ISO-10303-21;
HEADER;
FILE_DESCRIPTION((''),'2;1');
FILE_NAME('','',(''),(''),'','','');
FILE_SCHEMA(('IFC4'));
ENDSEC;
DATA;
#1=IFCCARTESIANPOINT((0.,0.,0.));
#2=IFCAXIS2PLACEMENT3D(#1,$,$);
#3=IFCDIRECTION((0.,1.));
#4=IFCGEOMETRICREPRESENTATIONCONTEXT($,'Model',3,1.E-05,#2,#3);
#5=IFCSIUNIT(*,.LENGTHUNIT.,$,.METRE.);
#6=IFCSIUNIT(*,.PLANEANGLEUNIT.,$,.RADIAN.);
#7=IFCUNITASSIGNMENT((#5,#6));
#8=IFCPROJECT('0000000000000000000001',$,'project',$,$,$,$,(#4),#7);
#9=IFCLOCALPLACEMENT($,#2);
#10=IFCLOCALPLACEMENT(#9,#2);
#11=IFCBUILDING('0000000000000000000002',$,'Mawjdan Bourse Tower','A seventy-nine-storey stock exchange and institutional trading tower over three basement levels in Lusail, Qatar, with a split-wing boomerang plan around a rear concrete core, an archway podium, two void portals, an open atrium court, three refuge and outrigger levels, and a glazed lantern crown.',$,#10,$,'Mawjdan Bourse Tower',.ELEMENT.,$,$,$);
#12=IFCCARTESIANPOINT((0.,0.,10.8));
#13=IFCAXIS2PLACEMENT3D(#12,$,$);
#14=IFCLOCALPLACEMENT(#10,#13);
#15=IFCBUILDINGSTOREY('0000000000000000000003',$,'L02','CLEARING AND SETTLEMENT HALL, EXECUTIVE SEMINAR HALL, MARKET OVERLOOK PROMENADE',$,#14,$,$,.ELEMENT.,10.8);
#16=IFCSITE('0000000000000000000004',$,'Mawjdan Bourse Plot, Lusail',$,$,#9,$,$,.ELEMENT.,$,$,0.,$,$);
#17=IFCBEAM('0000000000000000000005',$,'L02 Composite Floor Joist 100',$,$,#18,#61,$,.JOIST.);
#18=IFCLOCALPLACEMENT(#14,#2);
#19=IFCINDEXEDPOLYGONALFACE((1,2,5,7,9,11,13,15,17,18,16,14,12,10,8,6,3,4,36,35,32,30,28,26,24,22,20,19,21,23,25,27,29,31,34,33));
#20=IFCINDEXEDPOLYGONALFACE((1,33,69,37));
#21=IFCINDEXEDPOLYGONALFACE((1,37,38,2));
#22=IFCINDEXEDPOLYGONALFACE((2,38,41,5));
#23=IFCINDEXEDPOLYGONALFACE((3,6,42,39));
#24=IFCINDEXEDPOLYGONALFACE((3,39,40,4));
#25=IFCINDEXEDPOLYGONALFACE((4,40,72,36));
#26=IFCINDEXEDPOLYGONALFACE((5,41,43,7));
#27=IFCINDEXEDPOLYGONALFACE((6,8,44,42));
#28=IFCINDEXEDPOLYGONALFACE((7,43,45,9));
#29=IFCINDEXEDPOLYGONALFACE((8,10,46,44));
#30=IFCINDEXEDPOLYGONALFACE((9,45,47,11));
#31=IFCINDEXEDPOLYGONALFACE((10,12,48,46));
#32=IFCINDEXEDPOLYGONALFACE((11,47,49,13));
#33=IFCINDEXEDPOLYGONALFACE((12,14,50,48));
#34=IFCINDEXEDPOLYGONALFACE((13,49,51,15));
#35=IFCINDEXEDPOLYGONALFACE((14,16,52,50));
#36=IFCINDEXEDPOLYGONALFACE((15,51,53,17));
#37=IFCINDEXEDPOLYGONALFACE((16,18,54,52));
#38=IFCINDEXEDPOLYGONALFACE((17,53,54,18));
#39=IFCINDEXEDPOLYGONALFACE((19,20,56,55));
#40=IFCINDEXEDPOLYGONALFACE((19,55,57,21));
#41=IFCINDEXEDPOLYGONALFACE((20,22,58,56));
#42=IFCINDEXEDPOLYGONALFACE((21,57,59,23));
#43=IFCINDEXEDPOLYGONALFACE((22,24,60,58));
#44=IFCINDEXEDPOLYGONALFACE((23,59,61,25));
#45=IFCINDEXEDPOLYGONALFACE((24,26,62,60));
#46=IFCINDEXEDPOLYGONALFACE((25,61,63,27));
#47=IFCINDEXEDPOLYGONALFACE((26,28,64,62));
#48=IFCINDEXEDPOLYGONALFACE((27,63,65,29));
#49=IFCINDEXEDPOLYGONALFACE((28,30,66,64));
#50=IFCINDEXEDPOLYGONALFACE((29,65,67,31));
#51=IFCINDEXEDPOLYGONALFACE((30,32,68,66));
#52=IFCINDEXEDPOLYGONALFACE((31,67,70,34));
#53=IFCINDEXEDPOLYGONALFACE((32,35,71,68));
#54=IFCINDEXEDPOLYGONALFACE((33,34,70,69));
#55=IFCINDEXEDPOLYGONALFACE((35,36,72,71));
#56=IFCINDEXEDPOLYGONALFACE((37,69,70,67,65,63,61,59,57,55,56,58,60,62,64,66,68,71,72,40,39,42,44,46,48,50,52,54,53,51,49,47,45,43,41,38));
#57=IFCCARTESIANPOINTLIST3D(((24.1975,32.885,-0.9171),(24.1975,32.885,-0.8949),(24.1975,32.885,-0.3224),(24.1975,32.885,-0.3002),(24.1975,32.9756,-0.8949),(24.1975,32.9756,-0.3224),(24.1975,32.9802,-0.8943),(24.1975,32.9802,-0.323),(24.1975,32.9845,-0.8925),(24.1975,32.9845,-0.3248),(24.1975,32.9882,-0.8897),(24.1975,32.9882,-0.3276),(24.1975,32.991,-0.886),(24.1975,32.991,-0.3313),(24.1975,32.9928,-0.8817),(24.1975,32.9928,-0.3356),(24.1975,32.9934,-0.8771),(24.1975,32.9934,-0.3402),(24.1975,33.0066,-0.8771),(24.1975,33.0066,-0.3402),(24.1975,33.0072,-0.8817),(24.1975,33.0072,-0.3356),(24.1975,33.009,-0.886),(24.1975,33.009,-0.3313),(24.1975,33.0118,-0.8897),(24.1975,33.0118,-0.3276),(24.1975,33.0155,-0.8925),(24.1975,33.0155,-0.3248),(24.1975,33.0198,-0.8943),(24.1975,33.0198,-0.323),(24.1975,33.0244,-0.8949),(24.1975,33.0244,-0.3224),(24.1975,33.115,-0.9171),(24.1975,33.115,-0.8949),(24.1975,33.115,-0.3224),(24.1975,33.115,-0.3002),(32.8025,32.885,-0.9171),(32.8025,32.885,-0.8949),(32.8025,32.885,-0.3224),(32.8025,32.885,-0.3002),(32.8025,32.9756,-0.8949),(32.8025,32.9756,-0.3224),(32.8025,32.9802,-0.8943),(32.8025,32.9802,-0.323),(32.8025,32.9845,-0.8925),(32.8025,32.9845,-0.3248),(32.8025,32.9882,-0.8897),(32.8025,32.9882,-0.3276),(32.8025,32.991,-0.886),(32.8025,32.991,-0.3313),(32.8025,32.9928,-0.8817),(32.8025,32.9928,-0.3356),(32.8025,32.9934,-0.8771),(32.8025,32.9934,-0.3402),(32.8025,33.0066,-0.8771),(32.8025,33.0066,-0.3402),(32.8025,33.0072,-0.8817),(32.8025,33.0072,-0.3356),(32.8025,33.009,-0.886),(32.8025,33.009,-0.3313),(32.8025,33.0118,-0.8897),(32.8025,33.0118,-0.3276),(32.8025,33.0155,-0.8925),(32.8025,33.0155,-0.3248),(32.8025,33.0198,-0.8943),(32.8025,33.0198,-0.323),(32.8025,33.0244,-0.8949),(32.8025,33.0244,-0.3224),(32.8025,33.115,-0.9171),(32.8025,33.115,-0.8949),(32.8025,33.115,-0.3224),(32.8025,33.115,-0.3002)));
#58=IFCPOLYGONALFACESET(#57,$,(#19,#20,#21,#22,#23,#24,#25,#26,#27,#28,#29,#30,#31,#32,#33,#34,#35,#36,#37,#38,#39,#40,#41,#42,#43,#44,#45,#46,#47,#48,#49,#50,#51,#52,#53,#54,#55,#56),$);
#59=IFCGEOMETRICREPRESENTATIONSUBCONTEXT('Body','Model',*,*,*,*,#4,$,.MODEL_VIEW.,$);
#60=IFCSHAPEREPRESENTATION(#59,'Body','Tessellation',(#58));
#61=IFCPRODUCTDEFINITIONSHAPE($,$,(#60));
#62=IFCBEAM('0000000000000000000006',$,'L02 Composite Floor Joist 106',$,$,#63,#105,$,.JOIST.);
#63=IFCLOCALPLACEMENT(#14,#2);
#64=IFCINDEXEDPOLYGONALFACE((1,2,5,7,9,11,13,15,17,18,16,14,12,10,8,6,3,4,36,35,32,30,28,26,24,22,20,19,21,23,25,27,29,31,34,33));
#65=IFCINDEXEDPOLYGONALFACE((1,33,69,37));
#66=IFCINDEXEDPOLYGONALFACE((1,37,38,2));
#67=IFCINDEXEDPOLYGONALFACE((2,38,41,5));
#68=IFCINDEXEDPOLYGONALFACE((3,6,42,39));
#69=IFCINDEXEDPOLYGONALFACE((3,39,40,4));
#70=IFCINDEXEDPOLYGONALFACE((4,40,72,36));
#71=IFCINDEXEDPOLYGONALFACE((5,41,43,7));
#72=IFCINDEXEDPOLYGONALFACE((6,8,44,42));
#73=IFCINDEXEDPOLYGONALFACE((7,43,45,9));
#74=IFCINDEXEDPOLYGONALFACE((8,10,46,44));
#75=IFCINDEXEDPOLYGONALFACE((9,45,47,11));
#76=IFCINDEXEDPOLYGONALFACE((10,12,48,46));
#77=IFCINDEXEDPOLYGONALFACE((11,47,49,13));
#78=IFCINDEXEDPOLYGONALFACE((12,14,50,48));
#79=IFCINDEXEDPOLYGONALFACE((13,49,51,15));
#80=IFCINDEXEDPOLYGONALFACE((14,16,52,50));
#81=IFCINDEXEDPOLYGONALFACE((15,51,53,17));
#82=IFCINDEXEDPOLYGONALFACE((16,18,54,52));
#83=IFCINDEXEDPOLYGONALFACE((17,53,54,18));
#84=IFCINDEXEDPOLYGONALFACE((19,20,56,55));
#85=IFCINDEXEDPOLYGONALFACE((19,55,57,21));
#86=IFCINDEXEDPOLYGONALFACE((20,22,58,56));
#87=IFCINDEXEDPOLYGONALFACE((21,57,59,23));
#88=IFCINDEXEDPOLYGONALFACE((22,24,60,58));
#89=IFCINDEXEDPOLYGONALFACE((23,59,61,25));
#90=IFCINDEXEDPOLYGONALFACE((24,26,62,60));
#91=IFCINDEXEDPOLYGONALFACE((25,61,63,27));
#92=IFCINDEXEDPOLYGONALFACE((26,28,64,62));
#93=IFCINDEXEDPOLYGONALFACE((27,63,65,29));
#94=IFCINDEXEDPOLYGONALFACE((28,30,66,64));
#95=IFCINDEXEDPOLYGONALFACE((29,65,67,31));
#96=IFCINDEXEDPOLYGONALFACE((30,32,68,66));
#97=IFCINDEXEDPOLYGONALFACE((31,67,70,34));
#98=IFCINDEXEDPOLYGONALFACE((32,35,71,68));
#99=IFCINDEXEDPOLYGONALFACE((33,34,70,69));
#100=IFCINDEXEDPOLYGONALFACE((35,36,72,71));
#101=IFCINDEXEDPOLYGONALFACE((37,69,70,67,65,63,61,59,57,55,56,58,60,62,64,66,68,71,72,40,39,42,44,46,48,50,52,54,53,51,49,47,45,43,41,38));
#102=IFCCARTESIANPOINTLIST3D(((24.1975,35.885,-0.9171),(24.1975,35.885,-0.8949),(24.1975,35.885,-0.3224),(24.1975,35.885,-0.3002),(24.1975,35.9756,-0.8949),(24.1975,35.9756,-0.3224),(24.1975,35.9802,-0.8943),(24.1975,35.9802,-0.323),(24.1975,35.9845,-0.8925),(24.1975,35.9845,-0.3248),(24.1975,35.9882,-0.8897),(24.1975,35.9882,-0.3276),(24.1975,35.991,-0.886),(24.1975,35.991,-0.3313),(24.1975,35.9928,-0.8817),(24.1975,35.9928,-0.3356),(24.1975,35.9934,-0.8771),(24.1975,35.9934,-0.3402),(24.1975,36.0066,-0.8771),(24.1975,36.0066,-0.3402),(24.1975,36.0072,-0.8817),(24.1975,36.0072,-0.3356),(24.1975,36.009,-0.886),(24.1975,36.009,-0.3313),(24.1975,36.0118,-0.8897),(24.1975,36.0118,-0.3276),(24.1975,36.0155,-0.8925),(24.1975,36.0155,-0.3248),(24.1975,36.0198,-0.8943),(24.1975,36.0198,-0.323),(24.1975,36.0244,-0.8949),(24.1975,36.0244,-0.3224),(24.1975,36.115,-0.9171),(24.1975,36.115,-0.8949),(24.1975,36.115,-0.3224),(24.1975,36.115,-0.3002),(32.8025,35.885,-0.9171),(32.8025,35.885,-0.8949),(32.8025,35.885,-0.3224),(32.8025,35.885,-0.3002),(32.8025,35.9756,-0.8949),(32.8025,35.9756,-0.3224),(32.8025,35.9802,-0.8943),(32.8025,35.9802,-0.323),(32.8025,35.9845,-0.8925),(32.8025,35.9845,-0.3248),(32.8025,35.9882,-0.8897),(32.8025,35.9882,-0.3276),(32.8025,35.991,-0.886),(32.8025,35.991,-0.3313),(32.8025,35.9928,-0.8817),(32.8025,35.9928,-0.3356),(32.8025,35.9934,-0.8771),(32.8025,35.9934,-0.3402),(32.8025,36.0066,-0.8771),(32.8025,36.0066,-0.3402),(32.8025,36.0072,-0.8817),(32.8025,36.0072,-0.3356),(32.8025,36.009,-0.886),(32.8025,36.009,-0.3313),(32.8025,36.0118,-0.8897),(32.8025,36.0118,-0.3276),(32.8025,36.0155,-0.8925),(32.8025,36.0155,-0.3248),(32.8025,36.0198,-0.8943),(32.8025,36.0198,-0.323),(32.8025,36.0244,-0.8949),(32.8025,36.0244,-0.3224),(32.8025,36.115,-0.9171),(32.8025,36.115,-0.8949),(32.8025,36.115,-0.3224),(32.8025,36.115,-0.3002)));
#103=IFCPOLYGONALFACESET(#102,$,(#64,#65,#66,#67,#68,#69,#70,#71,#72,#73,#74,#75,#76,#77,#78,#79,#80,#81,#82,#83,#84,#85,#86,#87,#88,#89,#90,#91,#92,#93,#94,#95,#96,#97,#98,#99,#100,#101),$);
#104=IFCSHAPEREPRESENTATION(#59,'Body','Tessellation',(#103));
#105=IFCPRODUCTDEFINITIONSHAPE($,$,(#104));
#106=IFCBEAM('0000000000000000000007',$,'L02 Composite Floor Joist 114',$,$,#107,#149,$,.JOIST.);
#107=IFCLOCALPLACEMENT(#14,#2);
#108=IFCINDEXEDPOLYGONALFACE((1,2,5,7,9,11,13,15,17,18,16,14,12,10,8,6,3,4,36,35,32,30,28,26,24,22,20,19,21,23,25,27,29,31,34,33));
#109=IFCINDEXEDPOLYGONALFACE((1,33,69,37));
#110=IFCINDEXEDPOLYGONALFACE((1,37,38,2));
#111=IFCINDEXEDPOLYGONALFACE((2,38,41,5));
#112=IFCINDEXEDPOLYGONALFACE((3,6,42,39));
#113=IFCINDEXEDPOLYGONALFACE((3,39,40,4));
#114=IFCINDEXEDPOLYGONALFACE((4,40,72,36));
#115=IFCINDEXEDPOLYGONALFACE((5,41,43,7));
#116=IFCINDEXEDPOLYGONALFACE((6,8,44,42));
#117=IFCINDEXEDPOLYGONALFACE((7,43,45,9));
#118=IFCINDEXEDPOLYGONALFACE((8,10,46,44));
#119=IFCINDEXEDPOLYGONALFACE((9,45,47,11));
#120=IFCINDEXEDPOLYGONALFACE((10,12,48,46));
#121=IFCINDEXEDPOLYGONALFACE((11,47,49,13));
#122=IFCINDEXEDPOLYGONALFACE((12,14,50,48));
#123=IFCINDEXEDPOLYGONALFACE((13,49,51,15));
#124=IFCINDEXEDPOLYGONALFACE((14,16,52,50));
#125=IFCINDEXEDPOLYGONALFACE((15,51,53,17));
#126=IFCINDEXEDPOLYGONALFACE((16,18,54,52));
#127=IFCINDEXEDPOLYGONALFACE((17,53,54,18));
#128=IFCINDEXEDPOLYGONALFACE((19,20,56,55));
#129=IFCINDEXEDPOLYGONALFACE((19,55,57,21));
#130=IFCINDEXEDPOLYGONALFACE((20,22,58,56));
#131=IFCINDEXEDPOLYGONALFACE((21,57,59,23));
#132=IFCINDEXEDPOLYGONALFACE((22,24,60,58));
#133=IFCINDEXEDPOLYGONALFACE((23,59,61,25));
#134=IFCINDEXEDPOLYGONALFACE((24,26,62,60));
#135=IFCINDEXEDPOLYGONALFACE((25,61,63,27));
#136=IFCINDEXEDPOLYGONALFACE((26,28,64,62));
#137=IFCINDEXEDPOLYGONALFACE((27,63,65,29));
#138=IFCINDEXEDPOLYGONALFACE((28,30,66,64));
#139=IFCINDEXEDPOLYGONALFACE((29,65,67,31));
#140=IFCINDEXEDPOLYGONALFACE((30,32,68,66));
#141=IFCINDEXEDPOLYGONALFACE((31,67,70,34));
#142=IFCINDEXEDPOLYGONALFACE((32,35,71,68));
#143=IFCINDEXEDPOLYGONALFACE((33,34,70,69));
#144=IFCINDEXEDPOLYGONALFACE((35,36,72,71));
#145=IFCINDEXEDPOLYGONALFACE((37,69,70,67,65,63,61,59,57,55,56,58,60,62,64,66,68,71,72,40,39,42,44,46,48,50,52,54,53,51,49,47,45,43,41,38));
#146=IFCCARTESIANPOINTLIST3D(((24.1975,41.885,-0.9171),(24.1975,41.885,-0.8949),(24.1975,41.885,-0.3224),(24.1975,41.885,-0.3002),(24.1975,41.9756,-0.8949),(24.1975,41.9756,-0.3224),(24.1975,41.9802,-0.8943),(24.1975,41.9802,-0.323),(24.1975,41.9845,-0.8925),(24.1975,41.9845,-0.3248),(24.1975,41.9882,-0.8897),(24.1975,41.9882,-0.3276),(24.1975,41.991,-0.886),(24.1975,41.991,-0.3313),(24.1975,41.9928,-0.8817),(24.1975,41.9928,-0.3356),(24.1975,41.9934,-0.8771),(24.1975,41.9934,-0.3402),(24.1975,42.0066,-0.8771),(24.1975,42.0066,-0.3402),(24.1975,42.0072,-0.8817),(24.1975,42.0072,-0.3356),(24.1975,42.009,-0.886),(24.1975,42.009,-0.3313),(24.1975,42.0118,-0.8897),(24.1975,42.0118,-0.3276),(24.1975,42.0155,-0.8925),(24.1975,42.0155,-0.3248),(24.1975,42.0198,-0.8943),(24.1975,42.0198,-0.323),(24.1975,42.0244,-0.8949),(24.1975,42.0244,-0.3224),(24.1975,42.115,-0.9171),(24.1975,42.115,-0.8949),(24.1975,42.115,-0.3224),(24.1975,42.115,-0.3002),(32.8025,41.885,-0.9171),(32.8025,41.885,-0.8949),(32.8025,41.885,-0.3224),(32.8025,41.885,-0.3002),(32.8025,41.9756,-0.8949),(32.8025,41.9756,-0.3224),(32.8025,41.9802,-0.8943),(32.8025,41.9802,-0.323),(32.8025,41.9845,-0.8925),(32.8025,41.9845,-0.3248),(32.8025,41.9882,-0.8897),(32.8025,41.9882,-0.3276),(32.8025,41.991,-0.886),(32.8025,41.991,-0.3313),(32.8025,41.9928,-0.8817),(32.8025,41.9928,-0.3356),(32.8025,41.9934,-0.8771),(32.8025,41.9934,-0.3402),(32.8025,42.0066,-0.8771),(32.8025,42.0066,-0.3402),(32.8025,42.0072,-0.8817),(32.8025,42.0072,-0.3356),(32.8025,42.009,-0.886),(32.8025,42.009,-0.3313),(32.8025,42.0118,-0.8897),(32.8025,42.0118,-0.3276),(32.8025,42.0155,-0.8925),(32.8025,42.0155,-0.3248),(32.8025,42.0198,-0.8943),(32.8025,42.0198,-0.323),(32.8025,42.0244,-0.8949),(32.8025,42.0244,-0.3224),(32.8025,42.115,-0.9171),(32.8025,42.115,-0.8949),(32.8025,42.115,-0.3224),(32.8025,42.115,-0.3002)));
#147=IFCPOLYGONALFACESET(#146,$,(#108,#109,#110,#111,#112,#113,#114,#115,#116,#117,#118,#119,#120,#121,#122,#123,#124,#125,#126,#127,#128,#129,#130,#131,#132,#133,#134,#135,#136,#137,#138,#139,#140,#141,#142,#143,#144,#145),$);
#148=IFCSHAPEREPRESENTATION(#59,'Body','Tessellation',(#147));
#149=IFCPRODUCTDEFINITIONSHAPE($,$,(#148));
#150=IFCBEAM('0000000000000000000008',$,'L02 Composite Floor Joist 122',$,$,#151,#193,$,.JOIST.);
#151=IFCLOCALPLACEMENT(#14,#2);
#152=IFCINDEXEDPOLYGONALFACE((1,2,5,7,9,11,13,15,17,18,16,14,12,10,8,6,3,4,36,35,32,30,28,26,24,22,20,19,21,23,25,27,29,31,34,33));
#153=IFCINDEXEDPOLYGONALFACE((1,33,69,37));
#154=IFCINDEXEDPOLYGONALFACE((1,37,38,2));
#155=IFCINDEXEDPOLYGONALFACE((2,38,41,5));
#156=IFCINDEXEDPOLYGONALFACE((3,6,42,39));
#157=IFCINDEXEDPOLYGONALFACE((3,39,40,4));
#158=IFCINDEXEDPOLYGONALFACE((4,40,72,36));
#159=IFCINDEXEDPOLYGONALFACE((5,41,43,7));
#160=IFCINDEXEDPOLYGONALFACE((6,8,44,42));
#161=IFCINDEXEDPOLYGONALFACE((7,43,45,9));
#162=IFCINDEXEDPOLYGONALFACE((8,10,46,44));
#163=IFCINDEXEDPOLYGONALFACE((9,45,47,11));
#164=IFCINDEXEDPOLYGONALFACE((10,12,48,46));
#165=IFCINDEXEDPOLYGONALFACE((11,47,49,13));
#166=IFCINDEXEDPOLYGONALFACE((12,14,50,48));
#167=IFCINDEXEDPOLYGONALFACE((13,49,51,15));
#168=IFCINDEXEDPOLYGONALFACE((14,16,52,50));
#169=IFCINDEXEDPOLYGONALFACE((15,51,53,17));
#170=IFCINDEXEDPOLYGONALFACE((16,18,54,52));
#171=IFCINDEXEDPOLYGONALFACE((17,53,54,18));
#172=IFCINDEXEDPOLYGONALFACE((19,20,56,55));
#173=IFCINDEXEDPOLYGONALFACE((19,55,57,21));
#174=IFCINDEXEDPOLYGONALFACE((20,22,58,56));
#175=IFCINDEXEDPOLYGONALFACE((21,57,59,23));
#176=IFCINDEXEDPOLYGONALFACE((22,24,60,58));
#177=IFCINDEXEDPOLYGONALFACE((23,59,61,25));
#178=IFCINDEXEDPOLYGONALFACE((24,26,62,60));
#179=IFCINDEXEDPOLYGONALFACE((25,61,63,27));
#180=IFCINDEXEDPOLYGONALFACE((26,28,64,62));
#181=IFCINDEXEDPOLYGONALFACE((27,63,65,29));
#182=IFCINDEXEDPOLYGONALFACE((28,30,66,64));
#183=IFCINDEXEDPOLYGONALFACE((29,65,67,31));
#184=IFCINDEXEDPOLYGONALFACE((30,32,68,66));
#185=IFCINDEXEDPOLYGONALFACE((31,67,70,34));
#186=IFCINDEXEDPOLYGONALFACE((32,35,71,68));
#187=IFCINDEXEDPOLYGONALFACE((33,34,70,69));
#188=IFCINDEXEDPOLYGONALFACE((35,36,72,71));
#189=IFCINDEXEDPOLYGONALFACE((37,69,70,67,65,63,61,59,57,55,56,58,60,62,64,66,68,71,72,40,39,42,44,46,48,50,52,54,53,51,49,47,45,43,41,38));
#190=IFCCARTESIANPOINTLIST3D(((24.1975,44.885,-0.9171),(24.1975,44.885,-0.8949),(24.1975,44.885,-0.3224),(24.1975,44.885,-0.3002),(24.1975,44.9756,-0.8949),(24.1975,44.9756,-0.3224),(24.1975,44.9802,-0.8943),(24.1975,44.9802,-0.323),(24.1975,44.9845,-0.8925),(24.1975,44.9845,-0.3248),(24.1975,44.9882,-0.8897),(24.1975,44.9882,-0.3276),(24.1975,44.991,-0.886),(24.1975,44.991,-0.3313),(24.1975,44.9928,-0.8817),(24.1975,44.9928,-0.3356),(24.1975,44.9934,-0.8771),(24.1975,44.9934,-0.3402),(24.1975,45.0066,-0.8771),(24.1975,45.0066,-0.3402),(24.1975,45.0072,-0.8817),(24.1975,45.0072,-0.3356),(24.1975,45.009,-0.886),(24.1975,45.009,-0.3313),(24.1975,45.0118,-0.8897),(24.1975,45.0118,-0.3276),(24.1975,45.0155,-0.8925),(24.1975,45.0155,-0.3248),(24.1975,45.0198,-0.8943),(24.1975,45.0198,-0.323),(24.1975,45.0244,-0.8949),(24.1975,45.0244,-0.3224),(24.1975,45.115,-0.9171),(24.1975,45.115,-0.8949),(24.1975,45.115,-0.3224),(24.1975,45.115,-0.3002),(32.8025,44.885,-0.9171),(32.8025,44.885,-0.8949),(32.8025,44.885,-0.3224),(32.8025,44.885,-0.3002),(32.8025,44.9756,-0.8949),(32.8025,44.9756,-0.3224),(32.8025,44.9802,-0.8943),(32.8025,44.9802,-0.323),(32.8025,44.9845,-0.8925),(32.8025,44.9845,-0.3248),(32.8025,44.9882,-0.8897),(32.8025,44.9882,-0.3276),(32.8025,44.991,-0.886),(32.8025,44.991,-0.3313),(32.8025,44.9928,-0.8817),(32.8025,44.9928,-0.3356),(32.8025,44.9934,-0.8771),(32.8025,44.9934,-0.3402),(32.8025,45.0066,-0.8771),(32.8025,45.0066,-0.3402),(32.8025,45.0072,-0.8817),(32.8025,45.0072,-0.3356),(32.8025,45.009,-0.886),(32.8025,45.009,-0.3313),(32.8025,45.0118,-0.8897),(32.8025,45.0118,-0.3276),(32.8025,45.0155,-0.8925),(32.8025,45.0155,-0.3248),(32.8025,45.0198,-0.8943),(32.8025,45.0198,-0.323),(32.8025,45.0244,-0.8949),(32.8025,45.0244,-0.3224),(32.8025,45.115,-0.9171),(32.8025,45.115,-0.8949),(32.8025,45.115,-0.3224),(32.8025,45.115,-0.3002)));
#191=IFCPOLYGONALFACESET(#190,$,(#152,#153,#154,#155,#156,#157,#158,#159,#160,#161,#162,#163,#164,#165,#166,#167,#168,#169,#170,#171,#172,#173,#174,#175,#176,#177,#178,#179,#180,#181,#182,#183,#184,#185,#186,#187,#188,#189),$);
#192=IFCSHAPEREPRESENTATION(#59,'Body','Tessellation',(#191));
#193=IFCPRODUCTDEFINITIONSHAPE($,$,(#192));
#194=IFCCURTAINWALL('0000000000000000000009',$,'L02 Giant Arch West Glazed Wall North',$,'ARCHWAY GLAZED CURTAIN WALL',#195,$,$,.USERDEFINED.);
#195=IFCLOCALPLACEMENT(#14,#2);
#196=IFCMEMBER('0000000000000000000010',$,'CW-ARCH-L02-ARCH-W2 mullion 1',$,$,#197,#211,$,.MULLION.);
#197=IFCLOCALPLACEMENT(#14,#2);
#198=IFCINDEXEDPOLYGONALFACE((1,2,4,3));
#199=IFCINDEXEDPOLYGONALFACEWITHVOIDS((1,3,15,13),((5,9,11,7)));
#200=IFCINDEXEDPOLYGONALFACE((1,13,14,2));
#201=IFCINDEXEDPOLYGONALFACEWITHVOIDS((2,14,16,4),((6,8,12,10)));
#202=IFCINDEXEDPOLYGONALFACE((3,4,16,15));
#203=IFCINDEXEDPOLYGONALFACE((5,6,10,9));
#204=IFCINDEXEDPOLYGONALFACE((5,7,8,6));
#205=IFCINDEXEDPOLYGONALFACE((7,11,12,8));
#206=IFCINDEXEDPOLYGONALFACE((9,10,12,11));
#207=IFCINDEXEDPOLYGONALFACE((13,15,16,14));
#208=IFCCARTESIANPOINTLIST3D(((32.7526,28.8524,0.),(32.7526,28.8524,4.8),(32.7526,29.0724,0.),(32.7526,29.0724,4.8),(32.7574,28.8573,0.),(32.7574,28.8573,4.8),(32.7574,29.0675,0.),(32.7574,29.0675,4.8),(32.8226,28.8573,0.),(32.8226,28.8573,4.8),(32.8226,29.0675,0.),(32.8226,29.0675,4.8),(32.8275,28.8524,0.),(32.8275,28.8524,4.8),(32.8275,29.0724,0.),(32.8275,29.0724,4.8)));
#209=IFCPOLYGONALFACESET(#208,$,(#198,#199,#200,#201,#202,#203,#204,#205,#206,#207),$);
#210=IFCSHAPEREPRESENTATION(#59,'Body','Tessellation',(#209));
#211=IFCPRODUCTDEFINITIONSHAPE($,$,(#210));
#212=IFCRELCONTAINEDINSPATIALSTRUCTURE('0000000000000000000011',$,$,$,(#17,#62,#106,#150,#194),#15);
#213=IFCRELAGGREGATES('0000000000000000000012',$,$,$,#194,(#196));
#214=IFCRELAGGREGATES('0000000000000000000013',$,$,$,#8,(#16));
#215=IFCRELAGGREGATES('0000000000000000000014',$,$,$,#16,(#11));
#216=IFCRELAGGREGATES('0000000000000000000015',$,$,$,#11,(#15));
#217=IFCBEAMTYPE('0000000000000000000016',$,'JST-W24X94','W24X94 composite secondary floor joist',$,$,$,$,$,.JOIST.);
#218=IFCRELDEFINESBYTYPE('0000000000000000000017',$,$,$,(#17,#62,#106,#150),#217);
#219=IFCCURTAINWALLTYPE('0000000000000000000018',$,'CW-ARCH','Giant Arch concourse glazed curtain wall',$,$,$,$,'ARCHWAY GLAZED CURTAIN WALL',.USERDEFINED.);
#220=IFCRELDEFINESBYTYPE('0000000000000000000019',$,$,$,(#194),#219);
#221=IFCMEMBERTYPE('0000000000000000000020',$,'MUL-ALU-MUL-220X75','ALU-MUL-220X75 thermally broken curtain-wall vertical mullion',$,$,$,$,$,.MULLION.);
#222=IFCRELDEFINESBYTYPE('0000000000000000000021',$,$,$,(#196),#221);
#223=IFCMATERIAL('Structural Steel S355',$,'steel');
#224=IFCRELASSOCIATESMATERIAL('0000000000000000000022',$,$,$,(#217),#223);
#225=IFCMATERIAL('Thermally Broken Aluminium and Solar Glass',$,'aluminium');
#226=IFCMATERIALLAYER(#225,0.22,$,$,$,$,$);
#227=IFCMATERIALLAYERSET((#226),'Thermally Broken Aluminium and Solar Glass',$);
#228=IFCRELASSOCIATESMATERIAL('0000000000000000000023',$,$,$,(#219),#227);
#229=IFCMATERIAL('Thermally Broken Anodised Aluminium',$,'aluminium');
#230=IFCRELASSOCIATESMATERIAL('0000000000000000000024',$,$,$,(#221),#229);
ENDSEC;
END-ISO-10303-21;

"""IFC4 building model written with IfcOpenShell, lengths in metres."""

from ifc_helpers import new_model, si_unit, direction, frame, origin, origin_2d, place, context, subcontext, project, spatial, hollow_rectangle, i_section, extrude, material, layer, layer_set, material_profile, profile_set, type_object, element, aggregate, save


model = new_model("IFC4")

# Units and contexts
model_context = context("Model", 3, precision=1e-05, world=origin(), true_north=direction((0.0, 1.0)))
body_context = subcontext(model_context, "Body", "Model", "MODEL_VIEW")
ifc_project = project(units=[si_unit("LENGTHUNIT", "METRE"), si_unit("PLANEANGLEUNIT", "RADIAN")], contexts=[model_context])

# Site, building, storey
site_placement = place(None, origin())
site = spatial("IfcSite", under=ifc_project, at=site_placement, Name="Mawjdan Bourse Plot, Lusail", CompositionType="ELEMENT", RefElevation=0.0)
building_placement = place(site_placement, origin())
building = spatial("IfcBuilding", under=site, at=building_placement, Name="Mawjdan Bourse Tower", Description="A seventy-nine-storey stock exchange and institutional trading tower over three basement levels in Lusail, Qatar, with a split-wing boomerang plan around a rear concrete core, an archway podium, two void portals, an open atrium court, three refuge and outrigger levels, and a glazed lantern crown.", LongName="Mawjdan Bourse Tower", CompositionType="ELEMENT")
storey_placement = place(building_placement, frame((0.0, 0.0, 10.8)))
storey = spatial("IfcBuildingStorey", under=building, at=storey_placement, Name="L02", Description="CLEARING AND SETTLEMENT HALL, EXECUTIVE SEMINAR HALL, MARKET OVERLOOK PROMENADE", CompositionType="ELEMENT", Elevation=10.8)

# Beams
ifc_material_1 = material(Name="Structural Steel S355", Category="steel")
ifc_material_profile_1 = material_profile(ifc_material_1, i_section(OverallWidth=0.23, OverallDepth=0.6169, WebThickness=0.0132, FlangeThickness=0.0222, FilletRadius=0.0178, at=origin_2d()), Name="W24X94")
ifc_profile_set_1 = profile_set([ifc_material_profile_1], Name="Structural Steel S355")
beam_type_1 = type_object("IfcBeamType", Name="JST-W24X94", Description="W24X94 composite secondary floor joist", PredefinedType="JOIST", material=ifc_profile_set_1)
for number, where, z_axis, x_axis, name in (
    (1, (24.1975, 33.0, -0.6086), (1.0, 0.0, 0.0), (0.0, 1.0, 0.0), "L02 Composite Floor Joist 100"),
    (2, (24.1975, 36.0, -0.6086), (1.0, 0.0, 0.0), (0.0, 1.0, 0.0), "L02 Composite Floor Joist 106"),
    (3, (24.1975, 42.0, -0.6086), (1.0, 0.0, 0.0), (0.0, 1.0, 0.0), "L02 Composite Floor Joist 114"),
    (4, (24.1975, 45.0, -0.6086), (1.0, 0.0, 0.0), (0.0, 1.0, 0.0), "L02 Composite Floor Joist 122"),
):
    element("IfcBeam", number, at=place(storey_placement, frame(where, z_axis=z_axis, x_axis=x_axis)), inside=storey, type_object=beam_type_1, Name=name, PredefinedType="JOIST", context=body_context, shape_type="SweptSolid", body=[
        extrude(i_section(OverallWidth=0.23, OverallDepth=0.6169, WebThickness=0.0132, FlangeThickness=0.0222, FilletRadius=0.0178, at=origin_2d()), origin(), (0.0, 0.0, 1.0), 8.605),
    ])

# Curtain wall, member
ifc_material_2 = material(Name="Thermally Broken Aluminium and Solar Glass", Category="aluminium")
ifc_layer_1 = layer(ifc_material_2, 0.22)
ifc_layer_set_1 = layer_set([ifc_layer_1], Name="Thermally Broken Aluminium and Solar Glass")
curtain_wall_type = type_object("IfcCurtainWallType", Name="CW-ARCH", Description="Giant Arch concourse glazed curtain wall", ElementType="ARCHWAY GLAZED CURTAIN WALL", PredefinedType="USERDEFINED", material=ifc_layer_set_1)
curtain_wall_placement = place(storey_placement, origin())
curtain_wall = element("IfcCurtainWall", 5, at=curtain_wall_placement, inside=storey, type_object=curtain_wall_type, Name="L02 Giant Arch West Glazed Wall North", ObjectType="ARCHWAY GLAZED CURTAIN WALL", PredefinedType="USERDEFINED")
ifc_material_3 = material(Name="Thermally Broken Anodised Aluminium", Category="aluminium")
ifc_material_profile_2 = material_profile(ifc_material_3, hollow_rectangle(XDim=0.075, YDim=0.22, WallThickness=0.0049, at=origin_2d()), Name="ALU-MUL-220X75")
ifc_profile_set_2 = profile_set([ifc_material_profile_2], Name="Thermally Broken Anodised Aluminium")
member_type_1 = type_object("IfcMemberType", Name="MUL-ALU-MUL-220X75", Description="ALU-MUL-220X75 thermally broken curtain-wall vertical mullion", PredefinedType="MULLION", material=ifc_profile_set_2)
member_1_placement = place(storey_placement, frame((32.79, 28.9624, 0.0), z_axis=(0.0, 0.0, 1.0), x_axis=(1.0, 0.0, 0.0)))
member_1 = element("IfcMember", 6, at=member_1_placement, type_object=member_type_1, Name="CW-ARCH-L02-ARCH-W2 mullion 1", PredefinedType="MULLION", context=body_context, shape_type="SweptSolid", body=[
    extrude(hollow_rectangle(XDim=0.075, YDim=0.22, WallThickness=0.0049, at=origin_2d()), origin(), (0.0, 0.0, 1.0), 4.8),
])
aggregate(curtain_wall, [member_1])

save(model, "model.ifc")
